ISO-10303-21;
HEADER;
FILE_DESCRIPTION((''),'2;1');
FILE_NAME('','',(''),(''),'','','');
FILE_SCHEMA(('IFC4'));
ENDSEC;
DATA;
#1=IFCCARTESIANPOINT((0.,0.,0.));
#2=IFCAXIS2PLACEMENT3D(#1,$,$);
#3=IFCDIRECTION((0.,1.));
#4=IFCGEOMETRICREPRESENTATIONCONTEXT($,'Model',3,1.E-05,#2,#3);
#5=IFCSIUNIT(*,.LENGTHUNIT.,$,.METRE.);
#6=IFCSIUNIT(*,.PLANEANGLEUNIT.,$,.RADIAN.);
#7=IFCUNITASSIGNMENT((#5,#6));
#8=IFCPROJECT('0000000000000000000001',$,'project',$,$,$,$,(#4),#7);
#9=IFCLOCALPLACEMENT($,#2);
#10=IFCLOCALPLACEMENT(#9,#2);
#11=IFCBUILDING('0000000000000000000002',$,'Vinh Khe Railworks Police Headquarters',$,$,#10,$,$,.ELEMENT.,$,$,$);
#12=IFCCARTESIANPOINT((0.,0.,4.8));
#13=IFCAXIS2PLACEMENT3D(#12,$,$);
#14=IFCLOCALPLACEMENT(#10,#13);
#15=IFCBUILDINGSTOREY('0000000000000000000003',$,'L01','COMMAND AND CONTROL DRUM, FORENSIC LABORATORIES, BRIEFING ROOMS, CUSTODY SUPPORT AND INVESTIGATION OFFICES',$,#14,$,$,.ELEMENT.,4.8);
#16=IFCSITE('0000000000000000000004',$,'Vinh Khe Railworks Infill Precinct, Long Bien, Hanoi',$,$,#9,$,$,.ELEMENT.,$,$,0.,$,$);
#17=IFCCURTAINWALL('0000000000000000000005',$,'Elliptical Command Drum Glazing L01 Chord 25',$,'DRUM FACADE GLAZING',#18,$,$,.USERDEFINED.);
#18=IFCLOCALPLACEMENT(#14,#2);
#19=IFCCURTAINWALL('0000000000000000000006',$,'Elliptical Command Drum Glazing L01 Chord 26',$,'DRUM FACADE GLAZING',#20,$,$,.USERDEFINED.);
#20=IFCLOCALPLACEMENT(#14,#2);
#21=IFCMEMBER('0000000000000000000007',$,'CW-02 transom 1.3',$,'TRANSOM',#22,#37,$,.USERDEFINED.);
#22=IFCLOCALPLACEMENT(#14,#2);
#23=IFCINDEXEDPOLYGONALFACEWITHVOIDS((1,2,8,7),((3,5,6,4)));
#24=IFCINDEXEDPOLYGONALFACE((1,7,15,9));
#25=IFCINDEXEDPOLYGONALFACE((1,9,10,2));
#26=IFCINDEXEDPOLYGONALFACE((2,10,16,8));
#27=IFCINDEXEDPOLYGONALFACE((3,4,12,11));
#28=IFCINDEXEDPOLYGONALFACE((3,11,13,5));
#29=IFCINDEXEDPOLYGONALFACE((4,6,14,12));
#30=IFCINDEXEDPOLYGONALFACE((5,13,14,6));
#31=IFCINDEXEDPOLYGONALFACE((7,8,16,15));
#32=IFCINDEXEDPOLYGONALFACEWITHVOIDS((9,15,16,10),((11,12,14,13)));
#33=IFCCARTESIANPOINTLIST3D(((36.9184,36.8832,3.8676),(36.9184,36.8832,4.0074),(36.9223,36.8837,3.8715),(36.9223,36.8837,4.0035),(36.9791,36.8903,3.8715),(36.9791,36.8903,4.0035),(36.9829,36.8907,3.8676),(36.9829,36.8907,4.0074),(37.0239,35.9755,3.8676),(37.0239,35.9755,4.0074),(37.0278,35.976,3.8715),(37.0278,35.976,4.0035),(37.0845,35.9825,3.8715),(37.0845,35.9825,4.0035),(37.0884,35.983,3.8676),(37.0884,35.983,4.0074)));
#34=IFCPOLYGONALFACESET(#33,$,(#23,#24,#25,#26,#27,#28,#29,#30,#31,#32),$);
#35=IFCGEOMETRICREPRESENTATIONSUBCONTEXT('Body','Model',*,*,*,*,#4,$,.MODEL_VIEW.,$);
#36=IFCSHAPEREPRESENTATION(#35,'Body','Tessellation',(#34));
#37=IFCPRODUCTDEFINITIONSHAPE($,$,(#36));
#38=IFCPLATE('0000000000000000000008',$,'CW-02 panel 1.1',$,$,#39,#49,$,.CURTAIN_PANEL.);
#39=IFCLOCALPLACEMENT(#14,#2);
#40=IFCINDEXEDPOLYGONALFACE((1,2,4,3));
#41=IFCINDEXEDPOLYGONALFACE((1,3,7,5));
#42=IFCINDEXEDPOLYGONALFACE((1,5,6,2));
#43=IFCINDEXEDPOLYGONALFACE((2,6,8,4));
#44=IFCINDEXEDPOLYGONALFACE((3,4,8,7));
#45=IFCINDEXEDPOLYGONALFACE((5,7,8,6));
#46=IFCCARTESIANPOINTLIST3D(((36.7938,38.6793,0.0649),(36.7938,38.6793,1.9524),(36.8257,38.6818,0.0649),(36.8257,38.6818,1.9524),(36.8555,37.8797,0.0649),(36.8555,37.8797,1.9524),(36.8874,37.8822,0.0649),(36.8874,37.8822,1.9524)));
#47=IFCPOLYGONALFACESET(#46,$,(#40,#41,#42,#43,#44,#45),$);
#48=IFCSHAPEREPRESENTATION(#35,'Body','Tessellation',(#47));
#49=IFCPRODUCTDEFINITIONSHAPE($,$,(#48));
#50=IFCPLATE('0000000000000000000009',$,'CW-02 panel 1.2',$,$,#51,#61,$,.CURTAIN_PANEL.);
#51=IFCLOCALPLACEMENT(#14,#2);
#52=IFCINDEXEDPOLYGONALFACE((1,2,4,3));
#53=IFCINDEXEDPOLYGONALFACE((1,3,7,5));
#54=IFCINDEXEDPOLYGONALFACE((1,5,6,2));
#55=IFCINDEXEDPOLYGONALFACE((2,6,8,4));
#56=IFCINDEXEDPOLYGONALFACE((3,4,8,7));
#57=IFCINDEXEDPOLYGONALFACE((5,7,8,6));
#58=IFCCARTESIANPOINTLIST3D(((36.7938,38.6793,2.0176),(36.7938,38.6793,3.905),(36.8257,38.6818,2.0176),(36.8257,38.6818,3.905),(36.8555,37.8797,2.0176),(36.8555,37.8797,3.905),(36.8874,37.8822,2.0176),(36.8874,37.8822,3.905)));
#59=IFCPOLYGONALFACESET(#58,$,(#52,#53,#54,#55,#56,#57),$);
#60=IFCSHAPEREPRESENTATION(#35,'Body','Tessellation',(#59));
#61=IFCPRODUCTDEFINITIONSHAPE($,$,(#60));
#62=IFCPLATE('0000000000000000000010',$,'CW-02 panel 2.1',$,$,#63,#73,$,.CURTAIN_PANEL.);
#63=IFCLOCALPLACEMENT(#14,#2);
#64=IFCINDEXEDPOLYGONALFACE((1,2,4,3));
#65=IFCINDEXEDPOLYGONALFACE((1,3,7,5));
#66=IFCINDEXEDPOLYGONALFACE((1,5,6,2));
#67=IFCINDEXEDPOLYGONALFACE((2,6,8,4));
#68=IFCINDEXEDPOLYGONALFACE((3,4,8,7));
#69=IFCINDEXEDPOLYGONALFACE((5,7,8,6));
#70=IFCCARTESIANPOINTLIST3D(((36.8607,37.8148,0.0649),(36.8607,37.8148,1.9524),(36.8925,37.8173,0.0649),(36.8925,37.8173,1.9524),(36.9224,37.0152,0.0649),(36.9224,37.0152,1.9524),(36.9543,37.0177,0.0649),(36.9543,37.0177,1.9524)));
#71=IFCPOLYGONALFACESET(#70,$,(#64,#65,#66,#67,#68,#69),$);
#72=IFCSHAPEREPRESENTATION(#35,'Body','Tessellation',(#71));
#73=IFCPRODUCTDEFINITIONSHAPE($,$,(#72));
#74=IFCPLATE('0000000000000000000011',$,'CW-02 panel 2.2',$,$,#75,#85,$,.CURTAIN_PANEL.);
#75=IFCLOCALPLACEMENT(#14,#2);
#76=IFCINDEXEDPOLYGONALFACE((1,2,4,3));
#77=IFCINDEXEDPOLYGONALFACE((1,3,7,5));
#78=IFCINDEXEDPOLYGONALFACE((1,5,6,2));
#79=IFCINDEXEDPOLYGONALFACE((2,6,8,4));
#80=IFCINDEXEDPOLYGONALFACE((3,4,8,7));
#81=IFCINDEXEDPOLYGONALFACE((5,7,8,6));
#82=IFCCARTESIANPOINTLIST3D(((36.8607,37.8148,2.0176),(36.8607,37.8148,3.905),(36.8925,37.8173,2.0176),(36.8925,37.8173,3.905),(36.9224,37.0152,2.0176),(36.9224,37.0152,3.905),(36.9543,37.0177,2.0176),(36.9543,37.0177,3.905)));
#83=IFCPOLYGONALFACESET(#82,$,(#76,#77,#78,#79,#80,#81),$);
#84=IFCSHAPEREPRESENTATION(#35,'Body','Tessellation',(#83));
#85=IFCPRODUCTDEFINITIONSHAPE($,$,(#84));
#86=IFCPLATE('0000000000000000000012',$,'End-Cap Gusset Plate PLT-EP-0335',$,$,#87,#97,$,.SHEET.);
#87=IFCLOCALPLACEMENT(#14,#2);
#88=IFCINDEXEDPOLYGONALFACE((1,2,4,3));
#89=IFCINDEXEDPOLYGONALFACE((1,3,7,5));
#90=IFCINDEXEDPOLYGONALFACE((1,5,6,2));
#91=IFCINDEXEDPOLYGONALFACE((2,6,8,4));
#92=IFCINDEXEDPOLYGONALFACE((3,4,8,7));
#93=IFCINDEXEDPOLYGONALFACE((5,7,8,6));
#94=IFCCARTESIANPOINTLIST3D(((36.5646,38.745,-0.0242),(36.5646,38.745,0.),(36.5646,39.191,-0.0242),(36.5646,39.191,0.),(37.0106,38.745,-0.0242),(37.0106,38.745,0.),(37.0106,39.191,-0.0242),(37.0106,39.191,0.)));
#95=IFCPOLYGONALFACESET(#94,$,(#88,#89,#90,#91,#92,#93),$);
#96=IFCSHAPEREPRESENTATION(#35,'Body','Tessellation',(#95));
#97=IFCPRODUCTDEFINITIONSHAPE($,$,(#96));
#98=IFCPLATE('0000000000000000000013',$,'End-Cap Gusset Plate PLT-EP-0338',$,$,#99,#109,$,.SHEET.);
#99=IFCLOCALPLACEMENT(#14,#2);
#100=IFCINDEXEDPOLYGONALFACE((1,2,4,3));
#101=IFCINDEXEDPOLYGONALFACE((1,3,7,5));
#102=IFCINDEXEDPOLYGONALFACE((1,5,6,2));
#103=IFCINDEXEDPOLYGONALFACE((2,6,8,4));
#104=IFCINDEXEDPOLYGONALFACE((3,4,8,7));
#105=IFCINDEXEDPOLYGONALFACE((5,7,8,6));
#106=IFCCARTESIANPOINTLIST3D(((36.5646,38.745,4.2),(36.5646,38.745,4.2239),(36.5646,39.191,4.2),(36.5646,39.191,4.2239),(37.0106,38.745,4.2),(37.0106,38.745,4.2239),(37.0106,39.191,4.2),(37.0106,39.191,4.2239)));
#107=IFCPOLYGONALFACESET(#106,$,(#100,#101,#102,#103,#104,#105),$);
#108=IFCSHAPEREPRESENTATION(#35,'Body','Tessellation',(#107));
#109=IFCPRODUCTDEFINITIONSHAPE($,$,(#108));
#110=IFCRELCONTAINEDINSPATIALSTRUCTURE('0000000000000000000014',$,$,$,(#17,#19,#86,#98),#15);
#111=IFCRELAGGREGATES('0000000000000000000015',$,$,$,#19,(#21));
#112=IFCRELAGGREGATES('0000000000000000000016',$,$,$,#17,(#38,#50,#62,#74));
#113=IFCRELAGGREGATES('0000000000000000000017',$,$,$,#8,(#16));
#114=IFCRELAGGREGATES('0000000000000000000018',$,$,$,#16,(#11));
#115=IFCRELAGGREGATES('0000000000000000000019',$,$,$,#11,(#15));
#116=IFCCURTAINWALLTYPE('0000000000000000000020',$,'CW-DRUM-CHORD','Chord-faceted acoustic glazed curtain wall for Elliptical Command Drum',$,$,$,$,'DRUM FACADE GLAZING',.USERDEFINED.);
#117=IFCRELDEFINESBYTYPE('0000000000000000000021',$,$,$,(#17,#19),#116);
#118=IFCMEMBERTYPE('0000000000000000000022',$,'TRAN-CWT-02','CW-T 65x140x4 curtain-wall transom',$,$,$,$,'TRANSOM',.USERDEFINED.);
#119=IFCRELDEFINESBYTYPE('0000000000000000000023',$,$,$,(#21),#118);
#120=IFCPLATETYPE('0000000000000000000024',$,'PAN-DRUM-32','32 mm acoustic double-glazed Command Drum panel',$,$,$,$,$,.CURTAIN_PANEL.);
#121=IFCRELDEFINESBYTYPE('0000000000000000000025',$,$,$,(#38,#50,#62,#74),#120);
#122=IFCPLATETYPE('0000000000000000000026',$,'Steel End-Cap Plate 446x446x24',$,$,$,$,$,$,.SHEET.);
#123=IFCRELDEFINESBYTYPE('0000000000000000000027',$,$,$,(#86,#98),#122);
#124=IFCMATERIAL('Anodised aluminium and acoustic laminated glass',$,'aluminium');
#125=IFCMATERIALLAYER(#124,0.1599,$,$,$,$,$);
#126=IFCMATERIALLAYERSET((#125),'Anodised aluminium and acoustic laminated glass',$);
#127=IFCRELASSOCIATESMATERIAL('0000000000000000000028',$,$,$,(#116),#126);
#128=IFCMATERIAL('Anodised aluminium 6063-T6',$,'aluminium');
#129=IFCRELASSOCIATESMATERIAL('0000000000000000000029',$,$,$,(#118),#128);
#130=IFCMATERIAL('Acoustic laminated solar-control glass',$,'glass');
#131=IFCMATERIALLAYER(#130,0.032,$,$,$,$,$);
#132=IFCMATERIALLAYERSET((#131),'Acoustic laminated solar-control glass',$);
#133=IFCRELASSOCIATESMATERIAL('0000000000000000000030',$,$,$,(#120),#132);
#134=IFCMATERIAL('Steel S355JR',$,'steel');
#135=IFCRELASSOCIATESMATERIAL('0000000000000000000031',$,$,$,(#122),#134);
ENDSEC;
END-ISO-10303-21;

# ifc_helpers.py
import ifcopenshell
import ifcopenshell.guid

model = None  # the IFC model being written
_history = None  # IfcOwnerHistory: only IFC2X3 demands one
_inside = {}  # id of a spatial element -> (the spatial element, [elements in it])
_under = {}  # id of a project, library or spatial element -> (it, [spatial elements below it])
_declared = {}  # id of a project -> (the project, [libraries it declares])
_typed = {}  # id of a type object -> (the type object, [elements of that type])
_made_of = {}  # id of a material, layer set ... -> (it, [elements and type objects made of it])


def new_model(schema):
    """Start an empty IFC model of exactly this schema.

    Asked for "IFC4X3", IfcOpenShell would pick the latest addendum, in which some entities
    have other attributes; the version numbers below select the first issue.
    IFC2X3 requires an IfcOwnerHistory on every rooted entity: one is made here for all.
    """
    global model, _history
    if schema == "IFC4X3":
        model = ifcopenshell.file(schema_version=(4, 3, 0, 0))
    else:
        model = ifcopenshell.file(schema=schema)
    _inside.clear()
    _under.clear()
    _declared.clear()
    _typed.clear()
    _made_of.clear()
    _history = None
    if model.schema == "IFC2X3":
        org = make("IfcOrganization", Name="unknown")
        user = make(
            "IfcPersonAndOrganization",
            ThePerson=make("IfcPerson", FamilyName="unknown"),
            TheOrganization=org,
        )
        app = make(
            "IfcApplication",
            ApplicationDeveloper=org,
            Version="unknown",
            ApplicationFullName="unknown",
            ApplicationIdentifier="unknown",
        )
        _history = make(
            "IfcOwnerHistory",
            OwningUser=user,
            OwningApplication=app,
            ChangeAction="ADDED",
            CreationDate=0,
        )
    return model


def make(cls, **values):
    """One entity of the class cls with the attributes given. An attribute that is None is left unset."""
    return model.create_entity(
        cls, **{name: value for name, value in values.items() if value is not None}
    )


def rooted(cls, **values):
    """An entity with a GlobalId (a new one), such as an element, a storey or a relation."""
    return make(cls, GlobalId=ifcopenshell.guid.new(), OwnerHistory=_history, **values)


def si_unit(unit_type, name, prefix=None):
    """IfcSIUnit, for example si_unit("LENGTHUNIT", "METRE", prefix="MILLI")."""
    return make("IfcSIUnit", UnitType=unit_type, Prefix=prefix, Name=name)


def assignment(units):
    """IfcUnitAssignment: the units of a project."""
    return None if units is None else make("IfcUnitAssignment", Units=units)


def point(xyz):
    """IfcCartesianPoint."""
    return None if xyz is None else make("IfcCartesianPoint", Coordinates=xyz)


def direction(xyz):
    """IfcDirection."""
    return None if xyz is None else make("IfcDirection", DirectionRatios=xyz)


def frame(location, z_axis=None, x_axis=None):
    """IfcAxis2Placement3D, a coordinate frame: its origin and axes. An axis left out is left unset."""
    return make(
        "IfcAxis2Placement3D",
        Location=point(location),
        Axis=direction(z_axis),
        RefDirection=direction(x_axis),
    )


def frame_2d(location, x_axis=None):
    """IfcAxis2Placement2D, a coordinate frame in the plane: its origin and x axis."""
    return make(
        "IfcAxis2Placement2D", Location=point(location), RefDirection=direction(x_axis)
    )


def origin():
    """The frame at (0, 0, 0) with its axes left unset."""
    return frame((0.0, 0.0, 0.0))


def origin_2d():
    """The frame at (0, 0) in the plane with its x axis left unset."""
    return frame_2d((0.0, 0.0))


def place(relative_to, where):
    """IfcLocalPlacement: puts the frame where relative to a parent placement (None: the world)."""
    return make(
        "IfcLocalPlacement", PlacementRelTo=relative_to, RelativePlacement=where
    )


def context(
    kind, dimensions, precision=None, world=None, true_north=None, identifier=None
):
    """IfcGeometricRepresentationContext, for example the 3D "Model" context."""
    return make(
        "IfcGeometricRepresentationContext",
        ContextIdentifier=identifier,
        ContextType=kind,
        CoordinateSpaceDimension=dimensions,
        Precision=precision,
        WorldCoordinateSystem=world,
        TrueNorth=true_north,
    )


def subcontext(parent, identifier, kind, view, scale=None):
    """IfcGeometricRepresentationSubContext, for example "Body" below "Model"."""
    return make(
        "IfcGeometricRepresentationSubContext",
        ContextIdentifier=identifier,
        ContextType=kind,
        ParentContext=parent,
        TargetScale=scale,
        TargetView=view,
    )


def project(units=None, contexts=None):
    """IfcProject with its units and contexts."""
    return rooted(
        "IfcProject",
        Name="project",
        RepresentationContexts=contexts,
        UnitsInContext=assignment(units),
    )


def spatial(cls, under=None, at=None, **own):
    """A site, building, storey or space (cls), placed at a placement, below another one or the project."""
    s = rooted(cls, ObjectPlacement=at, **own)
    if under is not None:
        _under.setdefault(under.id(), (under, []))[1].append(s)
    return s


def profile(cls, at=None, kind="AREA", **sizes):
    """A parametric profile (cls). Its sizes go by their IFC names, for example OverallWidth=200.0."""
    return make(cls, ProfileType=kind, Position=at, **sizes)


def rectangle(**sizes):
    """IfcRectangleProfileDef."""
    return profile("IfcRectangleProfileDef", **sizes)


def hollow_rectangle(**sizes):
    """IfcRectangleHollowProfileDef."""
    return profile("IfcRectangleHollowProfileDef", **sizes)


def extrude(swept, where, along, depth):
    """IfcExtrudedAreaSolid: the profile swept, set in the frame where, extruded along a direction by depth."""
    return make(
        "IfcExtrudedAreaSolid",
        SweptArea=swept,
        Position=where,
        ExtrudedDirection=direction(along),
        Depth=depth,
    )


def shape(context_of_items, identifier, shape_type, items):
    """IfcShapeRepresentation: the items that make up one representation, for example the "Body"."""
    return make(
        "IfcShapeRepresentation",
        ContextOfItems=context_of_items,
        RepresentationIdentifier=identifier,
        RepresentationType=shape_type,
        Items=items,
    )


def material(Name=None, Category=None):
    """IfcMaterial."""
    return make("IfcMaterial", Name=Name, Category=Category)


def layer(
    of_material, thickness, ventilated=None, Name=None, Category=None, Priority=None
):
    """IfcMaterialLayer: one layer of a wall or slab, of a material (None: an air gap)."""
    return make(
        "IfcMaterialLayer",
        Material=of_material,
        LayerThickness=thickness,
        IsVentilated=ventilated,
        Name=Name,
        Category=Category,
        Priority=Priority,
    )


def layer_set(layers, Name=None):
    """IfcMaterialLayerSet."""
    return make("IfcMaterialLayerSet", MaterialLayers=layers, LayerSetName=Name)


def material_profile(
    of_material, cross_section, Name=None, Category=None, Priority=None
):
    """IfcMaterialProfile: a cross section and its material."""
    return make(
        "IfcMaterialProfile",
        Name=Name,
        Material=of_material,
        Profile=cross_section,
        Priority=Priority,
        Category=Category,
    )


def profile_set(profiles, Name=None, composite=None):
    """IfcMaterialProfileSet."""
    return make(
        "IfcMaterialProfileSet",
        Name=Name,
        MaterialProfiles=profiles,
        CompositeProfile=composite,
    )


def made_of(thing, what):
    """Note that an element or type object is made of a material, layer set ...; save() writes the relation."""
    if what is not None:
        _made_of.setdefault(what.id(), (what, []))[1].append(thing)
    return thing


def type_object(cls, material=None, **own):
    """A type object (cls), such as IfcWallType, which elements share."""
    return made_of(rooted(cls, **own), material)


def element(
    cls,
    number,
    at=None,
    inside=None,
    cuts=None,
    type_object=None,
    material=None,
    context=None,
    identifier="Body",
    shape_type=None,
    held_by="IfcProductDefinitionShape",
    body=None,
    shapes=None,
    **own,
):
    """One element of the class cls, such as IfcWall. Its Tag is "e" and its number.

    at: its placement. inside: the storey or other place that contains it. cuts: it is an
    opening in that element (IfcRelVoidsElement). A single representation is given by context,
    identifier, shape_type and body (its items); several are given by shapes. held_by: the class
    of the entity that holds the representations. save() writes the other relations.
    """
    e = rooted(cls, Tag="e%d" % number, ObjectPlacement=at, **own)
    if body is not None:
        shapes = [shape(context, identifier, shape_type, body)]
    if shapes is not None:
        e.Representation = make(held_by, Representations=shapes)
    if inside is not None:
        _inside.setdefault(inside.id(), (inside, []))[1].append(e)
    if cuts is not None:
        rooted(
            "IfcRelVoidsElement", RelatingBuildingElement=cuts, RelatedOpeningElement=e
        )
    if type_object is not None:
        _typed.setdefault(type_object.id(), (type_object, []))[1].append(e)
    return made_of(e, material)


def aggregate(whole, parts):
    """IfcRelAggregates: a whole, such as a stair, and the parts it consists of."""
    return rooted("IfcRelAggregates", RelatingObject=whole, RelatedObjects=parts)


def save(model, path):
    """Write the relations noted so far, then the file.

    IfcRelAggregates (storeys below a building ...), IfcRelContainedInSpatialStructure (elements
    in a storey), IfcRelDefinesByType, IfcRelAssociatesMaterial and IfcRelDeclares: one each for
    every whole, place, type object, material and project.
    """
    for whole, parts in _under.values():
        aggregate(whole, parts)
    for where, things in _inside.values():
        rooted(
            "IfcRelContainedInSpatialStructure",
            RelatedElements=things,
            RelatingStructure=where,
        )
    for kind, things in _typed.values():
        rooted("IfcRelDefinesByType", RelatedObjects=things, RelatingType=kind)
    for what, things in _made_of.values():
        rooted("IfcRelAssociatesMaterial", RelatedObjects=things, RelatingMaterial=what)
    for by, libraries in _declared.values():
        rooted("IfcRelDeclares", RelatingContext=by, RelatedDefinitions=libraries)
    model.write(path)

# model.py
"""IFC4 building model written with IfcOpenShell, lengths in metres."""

from ifc_helpers import new_model, si_unit, direction, frame, origin, origin_2d, place, context, subcontext, project, spatial, rectangle, hollow_rectangle, extrude, material, layer, layer_set, material_profile, profile_set, type_object, element, aggregate, save


model = new_model("IFC4")

# Units and contexts
model_context = context("Model", 3, precision=1e-05, world=origin(), true_north=direction((0.0, 1.0)))
body_context = subcontext(model_context, "Body", "Model", "MODEL_VIEW")
ifc_project = project(units=[si_unit("LENGTHUNIT", "METRE"), si_unit("PLANEANGLEUNIT", "RADIAN")], contexts=[model_context])

# Site, building, storey
site_placement = place(None, origin())
site = spatial("IfcSite", under=ifc_project, at=site_placement, Name="Vinh Khe Railworks Infill Precinct, Long Bien, Hanoi", CompositionType="ELEMENT", RefElevation=0.0)
building_placement = place(site_placement, origin())
building = spatial("IfcBuilding", under=site, at=building_placement, Name="Vinh Khe Railworks Police Headquarters", CompositionType="ELEMENT")
storey_placement = place(building_placement, frame((0.0, 0.0, 4.8)))
storey = spatial("IfcBuildingStorey", under=building, at=storey_placement, Name="L01", Description="COMMAND AND CONTROL DRUM, FORENSIC LABORATORIES, BRIEFING ROOMS, CUSTODY SUPPORT AND INVESTIGATION OFFICES", CompositionType="ELEMENT", Elevation=4.8)

# Shared definitions
ifc_material_1 = material(Name="Steel S355JR", Category="steel")

# Curtain wall
ifc_material_2 = material(Name="Anodised aluminium and acoustic laminated glass", Category="aluminium")
ifc_layer_1 = layer(ifc_material_2, 0.1599)
ifc_layer_set_1 = layer_set([ifc_layer_1], Name="Anodised aluminium and acoustic laminated glass")
curtain_wall_type = type_object("IfcCurtainWallType", Name="CW-DRUM-CHORD", Description="Chord-faceted acoustic glazed curtain wall for Elliptical Command Drum", ElementType="DRUM FACADE GLAZING", PredefinedType="USERDEFINED", material=ifc_layer_set_1)
curtain_wall_1_placement = place(storey_placement, origin())
curtain_wall_1 = element("IfcCurtainWall", 1, at=curtain_wall_1_placement, inside=storey, type_object=curtain_wall_type, Name="Elliptical Command Drum Glazing L01 Chord 25", ObjectType="DRUM FACADE GLAZING", PredefinedType="USERDEFINED")
ifc_material_3 = material(Name="Anodised aluminium 6063-T6", Category="aluminium")

# Curtain wall
curtain_wall_2_placement = place(storey_placement, origin())
curtain_wall_2 = element("IfcCurtainWall", 2, at=curtain_wall_2_placement, inside=storey, type_object=curtain_wall_type, Name="Elliptical Command Drum Glazing L01 Chord 26", ObjectType="DRUM FACADE GLAZING", PredefinedType="USERDEFINED")

# Member
ifc_material_profile_1 = material_profile(ifc_material_3, hollow_rectangle(XDim=0.0649, YDim=0.1399, WallThickness=0.0039, at=origin_2d()), Name="CW-T 65x140x4")
ifc_profile_set_1 = profile_set([ifc_material_profile_1], Name="Anodised aluminium 6063-T6")
member_type_1 = type_object("IfcMemberType", Name="TRAN-CWT-02", Description="CW-T 65x140x4 curtain-wall transom", ElementType="TRANSOM", PredefinedType="USERDEFINED", material=ifc_profile_set_1)
member_1_placement = place(storey_placement, frame((36.9507, 36.887, 3.9375), z_axis=(0.115415, -0.993317, 0.0), x_axis=(0.993317, 0.115415, 0.0)))
member_1 = element("IfcMember", 3, at=member_1_placement, type_object=member_type_1, Name="CW-02 transom 1.3", ObjectType="TRANSOM", PredefinedType="USERDEFINED", context=body_context, shape_type="SweptSolid", body=[
    extrude(hollow_rectangle(XDim=0.0649, YDim=0.1399, WallThickness=0.0039, at=origin_2d()), origin(), (0.0, 0.0, 1.0), 0.9138),
])
aggregate(curtain_wall_2, [member_1])

# Plates
ifc_material_4 = material(Name="Acoustic laminated solar-control glass", Category="glass")
ifc_layer_2 = layer(ifc_material_4, 0.032)
ifc_layer_set_2 = layer_set([ifc_layer_2], Name="Acoustic laminated solar-control glass")
plate_type_1 = type_object("IfcPlateType", Name="PAN-DRUM-32", Description="32 mm acoustic double-glazed Command Drum panel", PredefinedType="CURTAIN_PANEL", material=ifc_layer_set_2)
plate_1_placement = place(storey_placement, frame((36.8406, 38.2808, 0.0649), z_axis=(0.0, 0.0, 1.0), x_axis=(0.076972, -0.997033, 0.0)))
plate_1 = element("IfcPlate", 4, at=plate_1_placement, type_object=plate_type_1, Name="CW-02 panel 1.1", PredefinedType="CURTAIN_PANEL", context=body_context, shape_type="SweptSolid", body=[
    extrude(rectangle(XDim=0.802, YDim=0.032, at=origin_2d()), origin(), (0.0, 0.0, 1.0), 1.8875),
])
plate_2_placement = place(storey_placement, frame((36.8406, 38.2808, 2.0176), z_axis=(0.0, 0.0, 1.0), x_axis=(0.076972, -0.997033, 0.0)))
plate_2 = element("IfcPlate", 5, at=plate_2_placement, type_object=plate_type_1, Name="CW-02 panel 1.2", PredefinedType="CURTAIN_PANEL", context=body_context, shape_type="SweptSolid", body=[
    extrude(rectangle(XDim=0.802, YDim=0.032, at=origin_2d()), origin(), (0.0, 0.0, 1.0), 1.8875),
])
plate_3_placement = place(storey_placement, frame((36.9075, 37.4163, 0.0649), z_axis=(0.0, 0.0, 1.0), x_axis=(0.076972, -0.997033, 0.0)))
plate_3 = element("IfcPlate", 6, at=plate_3_placement, type_object=plate_type_1, Name="CW-02 panel 2.1", PredefinedType="CURTAIN_PANEL", context=body_context, shape_type="SweptSolid", body=[
    extrude(rectangle(XDim=0.802, YDim=0.032, at=origin_2d()), origin(), (0.0, 0.0, 1.0), 1.8875),
])
plate_4_placement = place(storey_placement, frame((36.9075, 37.4163, 2.0176), z_axis=(0.0, 0.0, 1.0), x_axis=(0.076972, -0.997033, 0.0)))
plate_4 = element("IfcPlate", 7, at=plate_4_placement, type_object=plate_type_1, Name="CW-02 panel 2.2", PredefinedType="CURTAIN_PANEL", context=body_context, shape_type="SweptSolid", body=[
    extrude(rectangle(XDim=0.802, YDim=0.032, at=origin_2d()), origin(), (0.0, 0.0, 1.0), 1.8875),
])
aggregate(curtain_wall_1, [plate_1, plate_2, plate_3, plate_4])

# Plates
ifc_material_profile_2 = material_profile(ifc_material_1, rectangle(XDim=0.446, YDim=0.446, at=origin_2d()), Name="PL 446x446")
ifc_profile_set_2 = profile_set([ifc_material_profile_2], Name="Steel S355JR")
plate_type_2 = type_object("IfcPlateType", Name="Steel End-Cap Plate 446x446x24", PredefinedType="SHEET", material=ifc_profile_set_2)
plate_5_placement = place(storey_placement, frame((36.7876, 38.968, 0.0), z_axis=(0.0, 0.0, -1.0), x_axis=(1.0, 0.0, 0.0)))
element("IfcPlate", 8, at=plate_5_placement, inside=storey, type_object=plate_type_2, Name="End-Cap Gusset Plate PLT-EP-0335", PredefinedType="SHEET", context=body_context, shape_type="SweptSolid", body=[
    extrude(rectangle(XDim=0.446, YDim=0.446, at=origin_2d()), origin(), (0.0, 0.0, 1.0), 0.0242),
])
plate_6_placement = place(storey_placement, frame((36.7876, 38.968, 4.2), z_axis=(0.0, 0.0, 1.0), x_axis=(1.0, 0.0, 0.0)))
element("IfcPlate", 9, at=plate_6_placement, inside=storey, type_object=plate_type_2, Name="End-Cap Gusset Plate PLT-EP-0338", PredefinedType="SHEET", context=body_context, shape_type="SweptSolid", body=[
    extrude(rectangle(XDim=0.446, YDim=0.446, at=origin_2d()), origin(), (0.0, 0.0, 1.0), 0.0239),
])

save(model, "model.ifc")
